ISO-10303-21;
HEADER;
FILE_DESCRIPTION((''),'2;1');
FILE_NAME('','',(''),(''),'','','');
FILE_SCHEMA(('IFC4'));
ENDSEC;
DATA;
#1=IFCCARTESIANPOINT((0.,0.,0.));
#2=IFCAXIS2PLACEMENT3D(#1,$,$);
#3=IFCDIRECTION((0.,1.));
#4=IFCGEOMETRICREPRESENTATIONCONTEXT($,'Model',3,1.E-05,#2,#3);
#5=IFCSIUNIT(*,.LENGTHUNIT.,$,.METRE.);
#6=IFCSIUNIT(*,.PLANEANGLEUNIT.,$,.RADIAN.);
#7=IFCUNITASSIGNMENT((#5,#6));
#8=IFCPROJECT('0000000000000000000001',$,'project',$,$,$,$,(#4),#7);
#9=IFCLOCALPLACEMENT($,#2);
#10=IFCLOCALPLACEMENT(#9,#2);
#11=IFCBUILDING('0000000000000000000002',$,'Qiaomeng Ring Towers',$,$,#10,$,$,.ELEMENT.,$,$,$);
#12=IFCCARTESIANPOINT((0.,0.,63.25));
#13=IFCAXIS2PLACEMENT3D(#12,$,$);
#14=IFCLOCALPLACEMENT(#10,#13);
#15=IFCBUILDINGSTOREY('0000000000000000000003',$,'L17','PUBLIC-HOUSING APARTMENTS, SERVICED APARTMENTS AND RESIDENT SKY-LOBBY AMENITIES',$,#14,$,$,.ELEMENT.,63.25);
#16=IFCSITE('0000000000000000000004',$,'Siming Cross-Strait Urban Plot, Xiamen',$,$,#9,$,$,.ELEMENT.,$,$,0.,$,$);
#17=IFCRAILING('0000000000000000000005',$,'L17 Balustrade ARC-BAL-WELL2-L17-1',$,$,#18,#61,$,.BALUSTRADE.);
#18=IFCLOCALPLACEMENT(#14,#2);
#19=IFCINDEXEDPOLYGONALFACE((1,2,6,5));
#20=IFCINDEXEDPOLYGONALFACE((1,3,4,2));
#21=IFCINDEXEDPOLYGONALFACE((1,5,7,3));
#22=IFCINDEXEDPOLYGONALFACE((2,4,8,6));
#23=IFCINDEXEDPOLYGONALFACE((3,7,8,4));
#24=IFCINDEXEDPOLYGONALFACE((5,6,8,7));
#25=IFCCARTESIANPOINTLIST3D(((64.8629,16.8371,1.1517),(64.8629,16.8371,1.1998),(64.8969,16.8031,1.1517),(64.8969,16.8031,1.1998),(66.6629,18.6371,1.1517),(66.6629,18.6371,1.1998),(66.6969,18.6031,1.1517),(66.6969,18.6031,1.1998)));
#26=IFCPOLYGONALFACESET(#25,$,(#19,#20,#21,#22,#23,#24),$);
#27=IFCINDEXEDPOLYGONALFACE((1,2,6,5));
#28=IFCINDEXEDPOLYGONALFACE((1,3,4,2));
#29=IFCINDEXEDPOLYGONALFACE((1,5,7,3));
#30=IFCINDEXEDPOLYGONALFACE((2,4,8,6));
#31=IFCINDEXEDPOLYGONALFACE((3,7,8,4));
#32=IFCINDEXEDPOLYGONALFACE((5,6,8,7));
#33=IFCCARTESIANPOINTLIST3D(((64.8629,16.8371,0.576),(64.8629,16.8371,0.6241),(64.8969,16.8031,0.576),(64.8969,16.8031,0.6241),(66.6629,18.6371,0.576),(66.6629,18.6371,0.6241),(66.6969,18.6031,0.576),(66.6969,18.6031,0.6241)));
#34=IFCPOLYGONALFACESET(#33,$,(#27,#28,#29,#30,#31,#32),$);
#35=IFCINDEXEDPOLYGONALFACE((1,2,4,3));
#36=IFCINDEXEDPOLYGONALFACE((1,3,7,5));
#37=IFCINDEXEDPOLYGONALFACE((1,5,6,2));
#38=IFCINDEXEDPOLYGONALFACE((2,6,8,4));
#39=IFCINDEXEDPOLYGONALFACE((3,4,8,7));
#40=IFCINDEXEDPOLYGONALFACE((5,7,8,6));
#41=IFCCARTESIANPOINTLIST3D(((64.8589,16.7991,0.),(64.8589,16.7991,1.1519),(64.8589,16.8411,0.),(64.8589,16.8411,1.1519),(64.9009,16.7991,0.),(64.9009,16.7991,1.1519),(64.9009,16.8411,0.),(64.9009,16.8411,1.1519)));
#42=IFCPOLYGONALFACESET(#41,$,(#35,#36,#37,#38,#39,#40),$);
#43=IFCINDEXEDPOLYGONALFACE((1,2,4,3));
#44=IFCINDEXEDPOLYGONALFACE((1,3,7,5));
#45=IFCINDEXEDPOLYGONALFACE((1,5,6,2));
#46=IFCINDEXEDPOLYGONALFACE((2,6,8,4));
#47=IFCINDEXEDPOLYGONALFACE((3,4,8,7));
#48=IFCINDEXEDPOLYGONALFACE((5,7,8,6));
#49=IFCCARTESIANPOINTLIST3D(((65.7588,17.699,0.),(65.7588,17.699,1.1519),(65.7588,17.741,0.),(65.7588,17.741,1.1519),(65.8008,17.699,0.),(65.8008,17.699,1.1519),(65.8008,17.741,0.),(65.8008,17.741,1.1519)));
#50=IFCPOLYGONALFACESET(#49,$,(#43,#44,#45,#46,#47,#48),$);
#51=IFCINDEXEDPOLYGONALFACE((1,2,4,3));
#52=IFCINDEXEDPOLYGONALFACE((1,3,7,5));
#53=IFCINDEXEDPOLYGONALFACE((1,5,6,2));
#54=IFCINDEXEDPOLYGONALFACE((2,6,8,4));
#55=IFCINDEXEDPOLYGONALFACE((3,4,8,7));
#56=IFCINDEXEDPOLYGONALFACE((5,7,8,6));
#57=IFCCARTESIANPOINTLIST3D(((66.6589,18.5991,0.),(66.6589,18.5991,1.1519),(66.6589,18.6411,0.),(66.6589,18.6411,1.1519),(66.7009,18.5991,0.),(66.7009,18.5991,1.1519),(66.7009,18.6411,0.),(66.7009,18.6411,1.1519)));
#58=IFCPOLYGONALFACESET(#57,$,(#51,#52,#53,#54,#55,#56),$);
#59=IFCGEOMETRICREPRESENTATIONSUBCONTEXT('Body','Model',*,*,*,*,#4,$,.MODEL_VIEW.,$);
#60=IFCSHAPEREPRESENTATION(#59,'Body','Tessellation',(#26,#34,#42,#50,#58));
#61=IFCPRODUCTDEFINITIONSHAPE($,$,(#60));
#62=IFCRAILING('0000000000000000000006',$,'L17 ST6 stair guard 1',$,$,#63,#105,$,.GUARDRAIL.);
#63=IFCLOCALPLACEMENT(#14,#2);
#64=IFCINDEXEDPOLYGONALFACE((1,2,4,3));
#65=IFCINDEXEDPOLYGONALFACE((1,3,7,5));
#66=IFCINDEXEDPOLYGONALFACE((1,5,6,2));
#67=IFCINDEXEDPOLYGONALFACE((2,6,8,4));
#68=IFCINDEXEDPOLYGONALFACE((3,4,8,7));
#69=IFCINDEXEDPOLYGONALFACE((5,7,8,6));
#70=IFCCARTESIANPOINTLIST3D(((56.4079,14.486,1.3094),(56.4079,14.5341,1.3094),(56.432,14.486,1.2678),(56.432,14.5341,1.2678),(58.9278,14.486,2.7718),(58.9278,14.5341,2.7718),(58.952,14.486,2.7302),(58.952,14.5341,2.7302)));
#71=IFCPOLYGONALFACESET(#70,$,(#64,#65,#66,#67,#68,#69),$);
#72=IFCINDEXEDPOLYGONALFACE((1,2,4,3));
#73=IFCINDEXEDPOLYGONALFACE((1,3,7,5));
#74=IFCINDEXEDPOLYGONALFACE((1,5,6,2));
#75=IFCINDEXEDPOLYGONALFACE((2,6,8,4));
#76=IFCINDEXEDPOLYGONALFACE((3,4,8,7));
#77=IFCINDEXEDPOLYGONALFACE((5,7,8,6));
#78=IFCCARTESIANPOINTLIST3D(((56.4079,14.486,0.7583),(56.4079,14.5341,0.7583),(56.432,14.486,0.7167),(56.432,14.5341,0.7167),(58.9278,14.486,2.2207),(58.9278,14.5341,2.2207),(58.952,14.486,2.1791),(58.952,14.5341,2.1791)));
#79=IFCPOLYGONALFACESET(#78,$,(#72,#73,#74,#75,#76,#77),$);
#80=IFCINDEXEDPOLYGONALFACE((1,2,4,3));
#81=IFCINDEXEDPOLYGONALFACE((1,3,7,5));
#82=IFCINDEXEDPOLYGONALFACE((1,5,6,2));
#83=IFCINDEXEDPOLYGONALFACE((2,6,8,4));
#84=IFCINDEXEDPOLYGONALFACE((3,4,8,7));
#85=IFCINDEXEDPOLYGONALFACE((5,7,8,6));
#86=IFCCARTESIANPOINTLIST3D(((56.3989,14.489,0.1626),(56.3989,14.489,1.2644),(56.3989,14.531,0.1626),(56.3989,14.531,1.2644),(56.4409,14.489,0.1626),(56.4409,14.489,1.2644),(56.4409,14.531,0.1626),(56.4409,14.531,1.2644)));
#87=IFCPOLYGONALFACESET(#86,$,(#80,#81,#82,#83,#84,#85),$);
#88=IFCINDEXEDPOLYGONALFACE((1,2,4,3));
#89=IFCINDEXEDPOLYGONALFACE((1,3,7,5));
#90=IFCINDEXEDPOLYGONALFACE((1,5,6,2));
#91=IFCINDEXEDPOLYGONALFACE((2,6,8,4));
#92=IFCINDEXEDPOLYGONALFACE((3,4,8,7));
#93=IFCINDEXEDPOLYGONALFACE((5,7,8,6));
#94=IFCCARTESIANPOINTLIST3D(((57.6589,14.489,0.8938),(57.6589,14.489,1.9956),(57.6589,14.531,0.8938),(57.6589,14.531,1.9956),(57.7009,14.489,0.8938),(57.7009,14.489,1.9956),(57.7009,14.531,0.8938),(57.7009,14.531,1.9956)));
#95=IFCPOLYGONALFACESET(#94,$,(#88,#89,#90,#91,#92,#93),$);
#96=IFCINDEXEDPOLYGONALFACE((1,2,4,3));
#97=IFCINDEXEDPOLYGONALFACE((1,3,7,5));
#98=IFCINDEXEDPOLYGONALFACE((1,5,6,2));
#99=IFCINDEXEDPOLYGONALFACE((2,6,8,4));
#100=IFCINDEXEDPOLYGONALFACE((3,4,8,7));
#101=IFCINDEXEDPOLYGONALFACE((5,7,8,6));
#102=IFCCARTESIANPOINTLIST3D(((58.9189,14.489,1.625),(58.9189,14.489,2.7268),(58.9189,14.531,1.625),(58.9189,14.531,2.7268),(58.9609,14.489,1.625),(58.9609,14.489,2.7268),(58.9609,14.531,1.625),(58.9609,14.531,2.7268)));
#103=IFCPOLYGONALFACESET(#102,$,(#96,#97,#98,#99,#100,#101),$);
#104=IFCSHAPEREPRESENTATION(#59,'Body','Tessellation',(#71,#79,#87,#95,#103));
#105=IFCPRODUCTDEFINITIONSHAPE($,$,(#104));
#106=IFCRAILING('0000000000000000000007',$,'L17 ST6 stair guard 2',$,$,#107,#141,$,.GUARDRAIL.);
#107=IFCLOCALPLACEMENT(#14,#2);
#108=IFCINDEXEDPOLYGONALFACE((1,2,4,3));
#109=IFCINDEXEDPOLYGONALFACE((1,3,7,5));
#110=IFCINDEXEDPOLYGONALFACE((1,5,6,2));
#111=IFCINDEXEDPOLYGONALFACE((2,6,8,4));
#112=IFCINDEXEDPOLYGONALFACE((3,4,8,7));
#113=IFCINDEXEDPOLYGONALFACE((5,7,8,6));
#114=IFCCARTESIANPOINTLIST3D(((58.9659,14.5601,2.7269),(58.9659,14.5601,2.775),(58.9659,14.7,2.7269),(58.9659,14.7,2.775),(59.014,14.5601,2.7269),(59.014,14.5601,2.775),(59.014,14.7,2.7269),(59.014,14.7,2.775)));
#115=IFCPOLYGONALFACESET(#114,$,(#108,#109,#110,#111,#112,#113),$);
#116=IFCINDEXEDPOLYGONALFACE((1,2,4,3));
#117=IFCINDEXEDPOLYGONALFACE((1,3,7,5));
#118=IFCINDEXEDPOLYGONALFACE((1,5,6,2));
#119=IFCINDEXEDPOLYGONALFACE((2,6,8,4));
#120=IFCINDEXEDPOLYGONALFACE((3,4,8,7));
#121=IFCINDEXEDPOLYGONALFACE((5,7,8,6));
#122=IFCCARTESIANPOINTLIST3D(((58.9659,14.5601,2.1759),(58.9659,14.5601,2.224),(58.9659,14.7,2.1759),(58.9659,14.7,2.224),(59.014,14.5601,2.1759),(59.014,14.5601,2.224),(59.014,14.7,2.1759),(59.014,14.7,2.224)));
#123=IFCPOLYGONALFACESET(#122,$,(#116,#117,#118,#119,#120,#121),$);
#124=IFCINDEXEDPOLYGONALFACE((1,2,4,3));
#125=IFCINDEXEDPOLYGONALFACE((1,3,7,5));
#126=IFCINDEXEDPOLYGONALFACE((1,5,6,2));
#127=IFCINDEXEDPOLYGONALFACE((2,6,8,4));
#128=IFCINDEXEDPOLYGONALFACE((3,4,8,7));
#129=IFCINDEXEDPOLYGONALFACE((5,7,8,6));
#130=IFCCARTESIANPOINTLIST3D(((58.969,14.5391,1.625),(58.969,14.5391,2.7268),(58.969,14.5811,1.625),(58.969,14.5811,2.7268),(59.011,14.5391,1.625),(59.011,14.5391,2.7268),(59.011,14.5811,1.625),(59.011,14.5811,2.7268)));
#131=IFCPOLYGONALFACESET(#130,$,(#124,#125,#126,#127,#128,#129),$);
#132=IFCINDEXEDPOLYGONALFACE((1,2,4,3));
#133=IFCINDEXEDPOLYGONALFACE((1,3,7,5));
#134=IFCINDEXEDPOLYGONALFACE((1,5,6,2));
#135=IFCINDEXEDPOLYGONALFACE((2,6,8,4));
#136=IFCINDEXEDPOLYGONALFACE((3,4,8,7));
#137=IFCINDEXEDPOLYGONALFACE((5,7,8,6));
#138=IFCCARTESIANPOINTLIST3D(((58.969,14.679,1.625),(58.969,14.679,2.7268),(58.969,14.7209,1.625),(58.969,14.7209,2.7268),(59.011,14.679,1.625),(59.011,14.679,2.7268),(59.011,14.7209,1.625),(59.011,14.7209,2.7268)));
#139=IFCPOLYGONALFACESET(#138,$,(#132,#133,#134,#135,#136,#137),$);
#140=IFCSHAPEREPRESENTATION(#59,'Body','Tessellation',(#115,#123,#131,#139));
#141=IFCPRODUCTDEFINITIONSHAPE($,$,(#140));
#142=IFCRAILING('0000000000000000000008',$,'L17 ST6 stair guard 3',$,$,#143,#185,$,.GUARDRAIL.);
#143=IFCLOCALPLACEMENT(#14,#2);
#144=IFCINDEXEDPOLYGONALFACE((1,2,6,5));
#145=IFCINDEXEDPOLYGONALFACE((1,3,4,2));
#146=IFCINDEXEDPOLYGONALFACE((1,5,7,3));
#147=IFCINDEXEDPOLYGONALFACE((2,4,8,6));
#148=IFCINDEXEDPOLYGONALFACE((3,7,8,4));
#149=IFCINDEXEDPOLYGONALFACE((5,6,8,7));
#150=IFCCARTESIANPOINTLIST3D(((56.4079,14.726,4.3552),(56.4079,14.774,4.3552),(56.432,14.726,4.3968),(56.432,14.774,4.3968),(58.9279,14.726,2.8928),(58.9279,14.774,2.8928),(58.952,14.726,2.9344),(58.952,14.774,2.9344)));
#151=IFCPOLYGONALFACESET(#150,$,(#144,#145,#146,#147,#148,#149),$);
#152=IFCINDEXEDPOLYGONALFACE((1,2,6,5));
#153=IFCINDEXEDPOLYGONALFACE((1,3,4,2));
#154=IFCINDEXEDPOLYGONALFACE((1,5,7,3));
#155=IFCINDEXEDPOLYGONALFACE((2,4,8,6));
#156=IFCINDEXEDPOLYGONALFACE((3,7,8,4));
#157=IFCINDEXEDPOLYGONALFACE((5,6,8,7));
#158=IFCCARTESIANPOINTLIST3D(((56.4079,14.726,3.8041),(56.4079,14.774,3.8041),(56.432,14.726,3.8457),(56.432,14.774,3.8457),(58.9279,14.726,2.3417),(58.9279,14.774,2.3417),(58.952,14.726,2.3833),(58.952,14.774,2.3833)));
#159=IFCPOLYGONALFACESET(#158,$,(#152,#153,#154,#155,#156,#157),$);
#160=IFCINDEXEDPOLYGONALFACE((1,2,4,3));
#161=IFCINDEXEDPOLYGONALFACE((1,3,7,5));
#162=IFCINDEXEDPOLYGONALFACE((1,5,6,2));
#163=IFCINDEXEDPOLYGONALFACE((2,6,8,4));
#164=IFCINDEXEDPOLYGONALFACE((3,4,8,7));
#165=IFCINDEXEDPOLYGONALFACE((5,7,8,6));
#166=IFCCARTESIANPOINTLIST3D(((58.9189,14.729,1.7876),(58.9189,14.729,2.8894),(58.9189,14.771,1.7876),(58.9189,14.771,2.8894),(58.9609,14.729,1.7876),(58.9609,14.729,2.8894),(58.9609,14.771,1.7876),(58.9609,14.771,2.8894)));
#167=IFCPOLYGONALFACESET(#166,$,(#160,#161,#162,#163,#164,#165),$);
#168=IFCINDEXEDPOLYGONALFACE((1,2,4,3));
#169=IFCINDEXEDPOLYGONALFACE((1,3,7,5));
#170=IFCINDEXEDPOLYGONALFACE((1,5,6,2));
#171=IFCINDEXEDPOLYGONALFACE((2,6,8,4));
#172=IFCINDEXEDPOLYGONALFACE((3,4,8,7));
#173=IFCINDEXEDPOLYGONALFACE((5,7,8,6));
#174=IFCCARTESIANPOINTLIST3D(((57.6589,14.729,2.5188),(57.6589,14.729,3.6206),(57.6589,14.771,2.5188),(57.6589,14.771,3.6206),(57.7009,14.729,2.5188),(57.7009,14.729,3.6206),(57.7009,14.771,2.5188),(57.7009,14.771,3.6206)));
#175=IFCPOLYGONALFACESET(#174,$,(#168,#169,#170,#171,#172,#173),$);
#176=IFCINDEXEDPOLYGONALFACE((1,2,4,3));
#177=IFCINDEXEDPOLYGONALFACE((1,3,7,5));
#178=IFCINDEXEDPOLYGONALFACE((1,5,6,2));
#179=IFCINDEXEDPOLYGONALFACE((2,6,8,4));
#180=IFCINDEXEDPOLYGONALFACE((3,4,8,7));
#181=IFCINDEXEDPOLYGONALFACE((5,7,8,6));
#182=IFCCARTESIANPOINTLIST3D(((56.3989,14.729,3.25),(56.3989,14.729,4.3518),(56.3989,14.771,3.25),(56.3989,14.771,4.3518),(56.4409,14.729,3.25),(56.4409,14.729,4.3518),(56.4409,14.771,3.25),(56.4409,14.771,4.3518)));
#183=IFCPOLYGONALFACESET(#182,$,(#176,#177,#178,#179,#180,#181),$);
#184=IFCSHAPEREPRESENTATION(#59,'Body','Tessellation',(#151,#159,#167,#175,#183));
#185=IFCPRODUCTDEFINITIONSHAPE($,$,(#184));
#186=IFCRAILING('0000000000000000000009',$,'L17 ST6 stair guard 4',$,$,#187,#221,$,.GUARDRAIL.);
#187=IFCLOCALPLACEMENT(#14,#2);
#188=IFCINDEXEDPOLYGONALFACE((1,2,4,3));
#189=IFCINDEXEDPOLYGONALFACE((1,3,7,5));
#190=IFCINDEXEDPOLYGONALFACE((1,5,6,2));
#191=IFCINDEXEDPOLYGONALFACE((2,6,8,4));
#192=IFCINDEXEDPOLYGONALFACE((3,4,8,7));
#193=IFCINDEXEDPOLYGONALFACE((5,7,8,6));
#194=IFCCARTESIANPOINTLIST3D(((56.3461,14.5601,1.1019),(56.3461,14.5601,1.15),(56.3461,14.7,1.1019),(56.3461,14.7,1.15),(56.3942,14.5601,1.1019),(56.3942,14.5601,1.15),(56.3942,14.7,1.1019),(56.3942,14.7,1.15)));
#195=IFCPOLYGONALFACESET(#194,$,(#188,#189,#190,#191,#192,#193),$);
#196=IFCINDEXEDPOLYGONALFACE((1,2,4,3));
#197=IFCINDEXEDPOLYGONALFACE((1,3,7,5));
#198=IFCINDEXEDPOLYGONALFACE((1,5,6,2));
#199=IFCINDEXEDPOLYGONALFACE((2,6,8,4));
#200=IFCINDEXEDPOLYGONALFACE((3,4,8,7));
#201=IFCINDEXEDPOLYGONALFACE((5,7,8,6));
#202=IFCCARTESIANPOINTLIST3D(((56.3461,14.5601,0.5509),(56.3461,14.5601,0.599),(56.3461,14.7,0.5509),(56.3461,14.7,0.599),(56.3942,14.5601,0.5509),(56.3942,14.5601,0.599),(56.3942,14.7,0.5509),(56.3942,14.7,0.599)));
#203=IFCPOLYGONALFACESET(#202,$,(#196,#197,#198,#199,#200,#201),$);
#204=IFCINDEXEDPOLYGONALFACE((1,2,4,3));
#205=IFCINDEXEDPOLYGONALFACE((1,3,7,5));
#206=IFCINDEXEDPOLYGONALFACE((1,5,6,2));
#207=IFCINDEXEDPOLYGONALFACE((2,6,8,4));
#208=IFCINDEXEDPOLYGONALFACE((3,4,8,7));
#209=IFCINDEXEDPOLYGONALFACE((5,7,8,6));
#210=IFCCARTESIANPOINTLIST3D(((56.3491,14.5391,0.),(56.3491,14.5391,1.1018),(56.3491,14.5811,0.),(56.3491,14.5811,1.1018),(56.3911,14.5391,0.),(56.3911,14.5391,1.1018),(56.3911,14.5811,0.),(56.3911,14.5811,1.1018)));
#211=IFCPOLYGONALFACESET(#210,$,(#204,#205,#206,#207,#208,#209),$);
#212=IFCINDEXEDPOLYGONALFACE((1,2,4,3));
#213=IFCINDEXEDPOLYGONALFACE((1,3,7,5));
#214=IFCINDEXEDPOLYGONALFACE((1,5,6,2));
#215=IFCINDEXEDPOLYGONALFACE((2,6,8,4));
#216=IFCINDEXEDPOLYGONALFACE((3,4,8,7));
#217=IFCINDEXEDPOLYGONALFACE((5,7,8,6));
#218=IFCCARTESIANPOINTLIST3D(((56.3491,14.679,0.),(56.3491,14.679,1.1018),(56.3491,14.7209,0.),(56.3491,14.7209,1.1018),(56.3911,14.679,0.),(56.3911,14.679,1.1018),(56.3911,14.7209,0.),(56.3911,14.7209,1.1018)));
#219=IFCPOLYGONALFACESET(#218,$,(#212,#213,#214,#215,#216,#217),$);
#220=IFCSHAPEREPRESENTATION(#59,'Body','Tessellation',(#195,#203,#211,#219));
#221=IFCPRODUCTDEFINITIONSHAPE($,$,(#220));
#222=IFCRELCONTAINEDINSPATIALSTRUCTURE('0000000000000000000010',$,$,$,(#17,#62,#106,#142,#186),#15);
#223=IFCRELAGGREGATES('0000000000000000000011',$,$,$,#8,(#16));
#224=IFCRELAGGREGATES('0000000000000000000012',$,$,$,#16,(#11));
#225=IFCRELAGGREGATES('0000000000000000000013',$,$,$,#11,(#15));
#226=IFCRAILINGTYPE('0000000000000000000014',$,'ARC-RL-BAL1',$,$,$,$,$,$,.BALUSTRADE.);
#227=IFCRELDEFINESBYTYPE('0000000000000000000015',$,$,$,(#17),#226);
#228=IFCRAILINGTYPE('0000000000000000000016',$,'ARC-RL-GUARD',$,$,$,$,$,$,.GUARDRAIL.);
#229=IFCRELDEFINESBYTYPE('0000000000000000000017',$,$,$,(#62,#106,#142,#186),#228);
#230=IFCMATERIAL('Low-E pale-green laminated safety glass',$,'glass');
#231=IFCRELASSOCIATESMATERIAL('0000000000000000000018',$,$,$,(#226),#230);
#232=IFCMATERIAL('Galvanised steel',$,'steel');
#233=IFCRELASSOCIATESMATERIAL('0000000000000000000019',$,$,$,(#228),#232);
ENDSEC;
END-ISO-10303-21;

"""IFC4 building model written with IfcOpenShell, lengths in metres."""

from ifc_helpers import new_model, si_unit, direction, frame, origin, origin_2d, place, context, subcontext, project, spatial, rectangle, extrude, material, type_object, element, save


model = new_model("IFC4")

# Units and contexts
model_context = context("Model", 3, precision=1e-05, world=origin(), true_north=direction((0.0, 1.0)))
body_context = subcontext(model_context, "Body", "Model", "MODEL_VIEW")
ifc_project = project(units=[si_unit("LENGTHUNIT", "METRE"), si_unit("PLANEANGLEUNIT", "RADIAN")], contexts=[model_context])

# Site, building, storey
site_placement = place(None, origin())
site = spatial("IfcSite", under=ifc_project, at=site_placement, Name="Siming Cross-Strait Urban Plot, Xiamen", CompositionType="ELEMENT", RefElevation=0.0)
building_placement = place(site_placement, origin())
building = spatial("IfcBuilding", under=site, at=building_placement, Name="Qiaomeng Ring Towers", CompositionType="ELEMENT")
storey_placement = place(building_placement, frame((0.0, 0.0, 63.25)))
storey = spatial("IfcBuildingStorey", under=building, at=storey_placement, Name="L17", Description="PUBLIC-HOUSING APARTMENTS, SERVICED APARTMENTS AND RESIDENT SKY-LOBBY AMENITIES", CompositionType="ELEMENT", Elevation=63.25)

# Railings
ifc_material_1 = material(Name="Low-E pale-green laminated safety glass", Category="glass")
railing_type_1 = type_object("IfcRailingType", Name="ARC-RL-BAL1", PredefinedType="BALUSTRADE", material=ifc_material_1)
railing_1_placement = place(storey_placement, frame((64.8799, 16.8201, 0.0)))
element("IfcRailing", 1, at=railing_1_placement, inside=storey, type_object=railing_type_1, Name="L17 Balustrade ARC-BAL-WELL2-L17-1", PredefinedType="BALUSTRADE", context=body_context, shape_type="SweptSolid", body=[
    extrude(rectangle(XDim=0.0481, YDim=0.0481, at=origin_2d()), frame((0.0, 0.0, 1.1758), z_axis=(0.707107, 0.707107, 0.0), x_axis=(-0.707107, 0.707107, 0.0)), (0.0, 0.0, 1.0), 2.5457),
    extrude(rectangle(XDim=0.0481, YDim=0.0481, at=origin_2d()), frame((0.0, 0.0, 0.6001), z_axis=(0.707107, 0.707107, 0.0), x_axis=(-0.707107, 0.707107, 0.0)), (0.0, 0.0, 1.0), 2.5457),
    extrude(rectangle(XDim=0.042, YDim=0.042, at=origin_2d()), origin(), (0.0, 0.0, 1.0), 1.1519),
    extrude(rectangle(XDim=0.042, YDim=0.042, at=origin_2d()), frame((0.8999, 0.8999, 0.0)), (0.0, 0.0, 1.0), 1.1519),
    extrude(rectangle(XDim=0.042, YDim=0.042, at=origin_2d()), frame((1.8, 1.8, 0.0)), (0.0, 0.0, 1.0), 1.1519),
])
ifc_material_2 = material(Name="Galvanised steel", Category="steel")
railing_type_2 = type_object("IfcRailingType", Name="ARC-RL-GUARD", PredefinedType="GUARDRAIL", material=ifc_material_2)
railing_2_placement = place(storey_placement, frame((56.4199, 14.51, 0.1626)))
element("IfcRailing", 2, at=railing_2_placement, inside=storey, type_object=railing_type_2, Name="L17 ST6 stair guard 1", PredefinedType="GUARDRAIL", context=body_context, shape_type="SweptSolid", body=[
    extrude(rectangle(XDim=0.0481, YDim=0.0481, at=origin_2d()), frame((0.0, 0.0, 1.126), z_axis=(0.864913, 0.0, 0.501921), x_axis=(0.0, 1.0, 0.0)), (0.0, 0.0, 1.0), 2.9136),
    extrude(rectangle(XDim=0.0481, YDim=0.0481, at=origin_2d()), frame((0.0, 0.0, 0.575), z_axis=(0.864913, 0.0, 0.501921), x_axis=(0.0, 1.0, 0.0)), (0.0, 0.0, 1.0), 2.9136),
    extrude(rectangle(XDim=0.042, YDim=0.042, at=origin_2d()), origin(), (0.0, 0.0, 1.0), 1.1018),
    extrude(rectangle(XDim=0.042, YDim=0.042, at=origin_2d()), frame((1.26, 0.0, 0.7312)), (0.0, 0.0, 1.0), 1.1018),
    extrude(rectangle(XDim=0.042, YDim=0.042, at=origin_2d()), frame((2.52, 0.0, 1.4624)), (0.0, 0.0, 1.0), 1.1018),
])
railing_3_placement = place(storey_placement, frame((58.99, 14.5601, 1.625)))
element("IfcRailing", 3, at=railing_3_placement, inside=storey, type_object=railing_type_2, Name="L17 ST6 stair guard 2", PredefinedType="GUARDRAIL", context=body_context, shape_type="SweptSolid", body=[
    extrude(rectangle(XDim=0.0481, YDim=0.0481, at=origin_2d()), frame((0.0, 0.0, 1.126), z_axis=(0.0, 1.0, 0.0), x_axis=(-1.0, 0.0, 0.0)), (0.0, 0.0, 1.0), 0.1399),
    extrude(rectangle(XDim=0.0481, YDim=0.0481, at=origin_2d()), frame((0.0, 0.0, 0.575), z_axis=(0.0, 1.0, 0.0), x_axis=(-1.0, 0.0, 0.0)), (0.0, 0.0, 1.0), 0.1399),
    extrude(rectangle(XDim=0.042, YDim=0.042, at=origin_2d()), origin(), (0.0, 0.0, 1.0), 1.1018),
    extrude(rectangle(XDim=0.042, YDim=0.042, at=origin_2d()), frame((0.0, 0.1399, 0.0)), (0.0, 0.0, 1.0), 1.1018),
])
railing_4_placement = place(storey_placement, frame((58.9399, 14.75, 1.7876)))
element("IfcRailing", 4, at=railing_4_placement, inside=storey, type_object=railing_type_2, Name="L17 ST6 stair guard 3", PredefinedType="GUARDRAIL", context=body_context, shape_type="SweptSolid", body=[
    extrude(rectangle(XDim=0.0481, YDim=0.0481, at=origin_2d()), frame((0.0, 0.0, 1.126), z_axis=(-0.864913, 0.0, 0.501921), x_axis=(0.0, -1.0, 0.0)), (0.0, 0.0, 1.0), 2.9136),
    extrude(rectangle(XDim=0.0481, YDim=0.0481, at=origin_2d()), frame((0.0, 0.0, 0.575), z_axis=(-0.864913, 0.0, 0.501921), x_axis=(0.0, -1.0, 0.0)), (0.0, 0.0, 1.0), 2.9136),
    extrude(rectangle(XDim=0.042, YDim=0.042, at=origin_2d()), origin(), (0.0, 0.0, 1.0), 1.1018),
    extrude(rectangle(XDim=0.042, YDim=0.042, at=origin_2d()), frame((-1.26, 0.0, 0.7312)), (0.0, 0.0, 1.0), 1.1018),
    extrude(rectangle(XDim=0.042, YDim=0.042, at=origin_2d()), frame((-2.52, 0.0, 1.4624)), (0.0, 0.0, 1.0), 1.1018),
])
railing_5_placement = place(storey_placement, frame((56.3701, 14.5601, 0.0)))
element("IfcRailing", 5, at=railing_5_placement, inside=storey, type_object=railing_type_2, Name="L17 ST6 stair guard 4", PredefinedType="GUARDRAIL", context=body_context, shape_type="SweptSolid", body=[
    extrude(rectangle(XDim=0.0481, YDim=0.0481, at=origin_2d()), frame((0.0, 0.0, 1.126), z_axis=(0.0, 1.0, 0.0), x_axis=(-1.0, 0.0, 0.0)), (0.0, 0.0, 1.0), 0.1399),
    extrude(rectangle(XDim=0.0481, YDim=0.0481, at=origin_2d()), frame((0.0, 0.0, 0.575), z_axis=(0.0, 1.0, 0.0), x_axis=(-1.0, 0.0, 0.0)), (0.0, 0.0, 1.0), 0.1399),
    extrude(rectangle(XDim=0.042, YDim=0.042, at=origin_2d()), origin(), (0.0, 0.0, 1.0), 1.1018),
    extrude(rectangle(XDim=0.042, YDim=0.042, at=origin_2d()), frame((0.0, 0.1399, 0.0)), (0.0, 0.0, 1.0), 1.1018),
])

save(model, "model.ifc")
